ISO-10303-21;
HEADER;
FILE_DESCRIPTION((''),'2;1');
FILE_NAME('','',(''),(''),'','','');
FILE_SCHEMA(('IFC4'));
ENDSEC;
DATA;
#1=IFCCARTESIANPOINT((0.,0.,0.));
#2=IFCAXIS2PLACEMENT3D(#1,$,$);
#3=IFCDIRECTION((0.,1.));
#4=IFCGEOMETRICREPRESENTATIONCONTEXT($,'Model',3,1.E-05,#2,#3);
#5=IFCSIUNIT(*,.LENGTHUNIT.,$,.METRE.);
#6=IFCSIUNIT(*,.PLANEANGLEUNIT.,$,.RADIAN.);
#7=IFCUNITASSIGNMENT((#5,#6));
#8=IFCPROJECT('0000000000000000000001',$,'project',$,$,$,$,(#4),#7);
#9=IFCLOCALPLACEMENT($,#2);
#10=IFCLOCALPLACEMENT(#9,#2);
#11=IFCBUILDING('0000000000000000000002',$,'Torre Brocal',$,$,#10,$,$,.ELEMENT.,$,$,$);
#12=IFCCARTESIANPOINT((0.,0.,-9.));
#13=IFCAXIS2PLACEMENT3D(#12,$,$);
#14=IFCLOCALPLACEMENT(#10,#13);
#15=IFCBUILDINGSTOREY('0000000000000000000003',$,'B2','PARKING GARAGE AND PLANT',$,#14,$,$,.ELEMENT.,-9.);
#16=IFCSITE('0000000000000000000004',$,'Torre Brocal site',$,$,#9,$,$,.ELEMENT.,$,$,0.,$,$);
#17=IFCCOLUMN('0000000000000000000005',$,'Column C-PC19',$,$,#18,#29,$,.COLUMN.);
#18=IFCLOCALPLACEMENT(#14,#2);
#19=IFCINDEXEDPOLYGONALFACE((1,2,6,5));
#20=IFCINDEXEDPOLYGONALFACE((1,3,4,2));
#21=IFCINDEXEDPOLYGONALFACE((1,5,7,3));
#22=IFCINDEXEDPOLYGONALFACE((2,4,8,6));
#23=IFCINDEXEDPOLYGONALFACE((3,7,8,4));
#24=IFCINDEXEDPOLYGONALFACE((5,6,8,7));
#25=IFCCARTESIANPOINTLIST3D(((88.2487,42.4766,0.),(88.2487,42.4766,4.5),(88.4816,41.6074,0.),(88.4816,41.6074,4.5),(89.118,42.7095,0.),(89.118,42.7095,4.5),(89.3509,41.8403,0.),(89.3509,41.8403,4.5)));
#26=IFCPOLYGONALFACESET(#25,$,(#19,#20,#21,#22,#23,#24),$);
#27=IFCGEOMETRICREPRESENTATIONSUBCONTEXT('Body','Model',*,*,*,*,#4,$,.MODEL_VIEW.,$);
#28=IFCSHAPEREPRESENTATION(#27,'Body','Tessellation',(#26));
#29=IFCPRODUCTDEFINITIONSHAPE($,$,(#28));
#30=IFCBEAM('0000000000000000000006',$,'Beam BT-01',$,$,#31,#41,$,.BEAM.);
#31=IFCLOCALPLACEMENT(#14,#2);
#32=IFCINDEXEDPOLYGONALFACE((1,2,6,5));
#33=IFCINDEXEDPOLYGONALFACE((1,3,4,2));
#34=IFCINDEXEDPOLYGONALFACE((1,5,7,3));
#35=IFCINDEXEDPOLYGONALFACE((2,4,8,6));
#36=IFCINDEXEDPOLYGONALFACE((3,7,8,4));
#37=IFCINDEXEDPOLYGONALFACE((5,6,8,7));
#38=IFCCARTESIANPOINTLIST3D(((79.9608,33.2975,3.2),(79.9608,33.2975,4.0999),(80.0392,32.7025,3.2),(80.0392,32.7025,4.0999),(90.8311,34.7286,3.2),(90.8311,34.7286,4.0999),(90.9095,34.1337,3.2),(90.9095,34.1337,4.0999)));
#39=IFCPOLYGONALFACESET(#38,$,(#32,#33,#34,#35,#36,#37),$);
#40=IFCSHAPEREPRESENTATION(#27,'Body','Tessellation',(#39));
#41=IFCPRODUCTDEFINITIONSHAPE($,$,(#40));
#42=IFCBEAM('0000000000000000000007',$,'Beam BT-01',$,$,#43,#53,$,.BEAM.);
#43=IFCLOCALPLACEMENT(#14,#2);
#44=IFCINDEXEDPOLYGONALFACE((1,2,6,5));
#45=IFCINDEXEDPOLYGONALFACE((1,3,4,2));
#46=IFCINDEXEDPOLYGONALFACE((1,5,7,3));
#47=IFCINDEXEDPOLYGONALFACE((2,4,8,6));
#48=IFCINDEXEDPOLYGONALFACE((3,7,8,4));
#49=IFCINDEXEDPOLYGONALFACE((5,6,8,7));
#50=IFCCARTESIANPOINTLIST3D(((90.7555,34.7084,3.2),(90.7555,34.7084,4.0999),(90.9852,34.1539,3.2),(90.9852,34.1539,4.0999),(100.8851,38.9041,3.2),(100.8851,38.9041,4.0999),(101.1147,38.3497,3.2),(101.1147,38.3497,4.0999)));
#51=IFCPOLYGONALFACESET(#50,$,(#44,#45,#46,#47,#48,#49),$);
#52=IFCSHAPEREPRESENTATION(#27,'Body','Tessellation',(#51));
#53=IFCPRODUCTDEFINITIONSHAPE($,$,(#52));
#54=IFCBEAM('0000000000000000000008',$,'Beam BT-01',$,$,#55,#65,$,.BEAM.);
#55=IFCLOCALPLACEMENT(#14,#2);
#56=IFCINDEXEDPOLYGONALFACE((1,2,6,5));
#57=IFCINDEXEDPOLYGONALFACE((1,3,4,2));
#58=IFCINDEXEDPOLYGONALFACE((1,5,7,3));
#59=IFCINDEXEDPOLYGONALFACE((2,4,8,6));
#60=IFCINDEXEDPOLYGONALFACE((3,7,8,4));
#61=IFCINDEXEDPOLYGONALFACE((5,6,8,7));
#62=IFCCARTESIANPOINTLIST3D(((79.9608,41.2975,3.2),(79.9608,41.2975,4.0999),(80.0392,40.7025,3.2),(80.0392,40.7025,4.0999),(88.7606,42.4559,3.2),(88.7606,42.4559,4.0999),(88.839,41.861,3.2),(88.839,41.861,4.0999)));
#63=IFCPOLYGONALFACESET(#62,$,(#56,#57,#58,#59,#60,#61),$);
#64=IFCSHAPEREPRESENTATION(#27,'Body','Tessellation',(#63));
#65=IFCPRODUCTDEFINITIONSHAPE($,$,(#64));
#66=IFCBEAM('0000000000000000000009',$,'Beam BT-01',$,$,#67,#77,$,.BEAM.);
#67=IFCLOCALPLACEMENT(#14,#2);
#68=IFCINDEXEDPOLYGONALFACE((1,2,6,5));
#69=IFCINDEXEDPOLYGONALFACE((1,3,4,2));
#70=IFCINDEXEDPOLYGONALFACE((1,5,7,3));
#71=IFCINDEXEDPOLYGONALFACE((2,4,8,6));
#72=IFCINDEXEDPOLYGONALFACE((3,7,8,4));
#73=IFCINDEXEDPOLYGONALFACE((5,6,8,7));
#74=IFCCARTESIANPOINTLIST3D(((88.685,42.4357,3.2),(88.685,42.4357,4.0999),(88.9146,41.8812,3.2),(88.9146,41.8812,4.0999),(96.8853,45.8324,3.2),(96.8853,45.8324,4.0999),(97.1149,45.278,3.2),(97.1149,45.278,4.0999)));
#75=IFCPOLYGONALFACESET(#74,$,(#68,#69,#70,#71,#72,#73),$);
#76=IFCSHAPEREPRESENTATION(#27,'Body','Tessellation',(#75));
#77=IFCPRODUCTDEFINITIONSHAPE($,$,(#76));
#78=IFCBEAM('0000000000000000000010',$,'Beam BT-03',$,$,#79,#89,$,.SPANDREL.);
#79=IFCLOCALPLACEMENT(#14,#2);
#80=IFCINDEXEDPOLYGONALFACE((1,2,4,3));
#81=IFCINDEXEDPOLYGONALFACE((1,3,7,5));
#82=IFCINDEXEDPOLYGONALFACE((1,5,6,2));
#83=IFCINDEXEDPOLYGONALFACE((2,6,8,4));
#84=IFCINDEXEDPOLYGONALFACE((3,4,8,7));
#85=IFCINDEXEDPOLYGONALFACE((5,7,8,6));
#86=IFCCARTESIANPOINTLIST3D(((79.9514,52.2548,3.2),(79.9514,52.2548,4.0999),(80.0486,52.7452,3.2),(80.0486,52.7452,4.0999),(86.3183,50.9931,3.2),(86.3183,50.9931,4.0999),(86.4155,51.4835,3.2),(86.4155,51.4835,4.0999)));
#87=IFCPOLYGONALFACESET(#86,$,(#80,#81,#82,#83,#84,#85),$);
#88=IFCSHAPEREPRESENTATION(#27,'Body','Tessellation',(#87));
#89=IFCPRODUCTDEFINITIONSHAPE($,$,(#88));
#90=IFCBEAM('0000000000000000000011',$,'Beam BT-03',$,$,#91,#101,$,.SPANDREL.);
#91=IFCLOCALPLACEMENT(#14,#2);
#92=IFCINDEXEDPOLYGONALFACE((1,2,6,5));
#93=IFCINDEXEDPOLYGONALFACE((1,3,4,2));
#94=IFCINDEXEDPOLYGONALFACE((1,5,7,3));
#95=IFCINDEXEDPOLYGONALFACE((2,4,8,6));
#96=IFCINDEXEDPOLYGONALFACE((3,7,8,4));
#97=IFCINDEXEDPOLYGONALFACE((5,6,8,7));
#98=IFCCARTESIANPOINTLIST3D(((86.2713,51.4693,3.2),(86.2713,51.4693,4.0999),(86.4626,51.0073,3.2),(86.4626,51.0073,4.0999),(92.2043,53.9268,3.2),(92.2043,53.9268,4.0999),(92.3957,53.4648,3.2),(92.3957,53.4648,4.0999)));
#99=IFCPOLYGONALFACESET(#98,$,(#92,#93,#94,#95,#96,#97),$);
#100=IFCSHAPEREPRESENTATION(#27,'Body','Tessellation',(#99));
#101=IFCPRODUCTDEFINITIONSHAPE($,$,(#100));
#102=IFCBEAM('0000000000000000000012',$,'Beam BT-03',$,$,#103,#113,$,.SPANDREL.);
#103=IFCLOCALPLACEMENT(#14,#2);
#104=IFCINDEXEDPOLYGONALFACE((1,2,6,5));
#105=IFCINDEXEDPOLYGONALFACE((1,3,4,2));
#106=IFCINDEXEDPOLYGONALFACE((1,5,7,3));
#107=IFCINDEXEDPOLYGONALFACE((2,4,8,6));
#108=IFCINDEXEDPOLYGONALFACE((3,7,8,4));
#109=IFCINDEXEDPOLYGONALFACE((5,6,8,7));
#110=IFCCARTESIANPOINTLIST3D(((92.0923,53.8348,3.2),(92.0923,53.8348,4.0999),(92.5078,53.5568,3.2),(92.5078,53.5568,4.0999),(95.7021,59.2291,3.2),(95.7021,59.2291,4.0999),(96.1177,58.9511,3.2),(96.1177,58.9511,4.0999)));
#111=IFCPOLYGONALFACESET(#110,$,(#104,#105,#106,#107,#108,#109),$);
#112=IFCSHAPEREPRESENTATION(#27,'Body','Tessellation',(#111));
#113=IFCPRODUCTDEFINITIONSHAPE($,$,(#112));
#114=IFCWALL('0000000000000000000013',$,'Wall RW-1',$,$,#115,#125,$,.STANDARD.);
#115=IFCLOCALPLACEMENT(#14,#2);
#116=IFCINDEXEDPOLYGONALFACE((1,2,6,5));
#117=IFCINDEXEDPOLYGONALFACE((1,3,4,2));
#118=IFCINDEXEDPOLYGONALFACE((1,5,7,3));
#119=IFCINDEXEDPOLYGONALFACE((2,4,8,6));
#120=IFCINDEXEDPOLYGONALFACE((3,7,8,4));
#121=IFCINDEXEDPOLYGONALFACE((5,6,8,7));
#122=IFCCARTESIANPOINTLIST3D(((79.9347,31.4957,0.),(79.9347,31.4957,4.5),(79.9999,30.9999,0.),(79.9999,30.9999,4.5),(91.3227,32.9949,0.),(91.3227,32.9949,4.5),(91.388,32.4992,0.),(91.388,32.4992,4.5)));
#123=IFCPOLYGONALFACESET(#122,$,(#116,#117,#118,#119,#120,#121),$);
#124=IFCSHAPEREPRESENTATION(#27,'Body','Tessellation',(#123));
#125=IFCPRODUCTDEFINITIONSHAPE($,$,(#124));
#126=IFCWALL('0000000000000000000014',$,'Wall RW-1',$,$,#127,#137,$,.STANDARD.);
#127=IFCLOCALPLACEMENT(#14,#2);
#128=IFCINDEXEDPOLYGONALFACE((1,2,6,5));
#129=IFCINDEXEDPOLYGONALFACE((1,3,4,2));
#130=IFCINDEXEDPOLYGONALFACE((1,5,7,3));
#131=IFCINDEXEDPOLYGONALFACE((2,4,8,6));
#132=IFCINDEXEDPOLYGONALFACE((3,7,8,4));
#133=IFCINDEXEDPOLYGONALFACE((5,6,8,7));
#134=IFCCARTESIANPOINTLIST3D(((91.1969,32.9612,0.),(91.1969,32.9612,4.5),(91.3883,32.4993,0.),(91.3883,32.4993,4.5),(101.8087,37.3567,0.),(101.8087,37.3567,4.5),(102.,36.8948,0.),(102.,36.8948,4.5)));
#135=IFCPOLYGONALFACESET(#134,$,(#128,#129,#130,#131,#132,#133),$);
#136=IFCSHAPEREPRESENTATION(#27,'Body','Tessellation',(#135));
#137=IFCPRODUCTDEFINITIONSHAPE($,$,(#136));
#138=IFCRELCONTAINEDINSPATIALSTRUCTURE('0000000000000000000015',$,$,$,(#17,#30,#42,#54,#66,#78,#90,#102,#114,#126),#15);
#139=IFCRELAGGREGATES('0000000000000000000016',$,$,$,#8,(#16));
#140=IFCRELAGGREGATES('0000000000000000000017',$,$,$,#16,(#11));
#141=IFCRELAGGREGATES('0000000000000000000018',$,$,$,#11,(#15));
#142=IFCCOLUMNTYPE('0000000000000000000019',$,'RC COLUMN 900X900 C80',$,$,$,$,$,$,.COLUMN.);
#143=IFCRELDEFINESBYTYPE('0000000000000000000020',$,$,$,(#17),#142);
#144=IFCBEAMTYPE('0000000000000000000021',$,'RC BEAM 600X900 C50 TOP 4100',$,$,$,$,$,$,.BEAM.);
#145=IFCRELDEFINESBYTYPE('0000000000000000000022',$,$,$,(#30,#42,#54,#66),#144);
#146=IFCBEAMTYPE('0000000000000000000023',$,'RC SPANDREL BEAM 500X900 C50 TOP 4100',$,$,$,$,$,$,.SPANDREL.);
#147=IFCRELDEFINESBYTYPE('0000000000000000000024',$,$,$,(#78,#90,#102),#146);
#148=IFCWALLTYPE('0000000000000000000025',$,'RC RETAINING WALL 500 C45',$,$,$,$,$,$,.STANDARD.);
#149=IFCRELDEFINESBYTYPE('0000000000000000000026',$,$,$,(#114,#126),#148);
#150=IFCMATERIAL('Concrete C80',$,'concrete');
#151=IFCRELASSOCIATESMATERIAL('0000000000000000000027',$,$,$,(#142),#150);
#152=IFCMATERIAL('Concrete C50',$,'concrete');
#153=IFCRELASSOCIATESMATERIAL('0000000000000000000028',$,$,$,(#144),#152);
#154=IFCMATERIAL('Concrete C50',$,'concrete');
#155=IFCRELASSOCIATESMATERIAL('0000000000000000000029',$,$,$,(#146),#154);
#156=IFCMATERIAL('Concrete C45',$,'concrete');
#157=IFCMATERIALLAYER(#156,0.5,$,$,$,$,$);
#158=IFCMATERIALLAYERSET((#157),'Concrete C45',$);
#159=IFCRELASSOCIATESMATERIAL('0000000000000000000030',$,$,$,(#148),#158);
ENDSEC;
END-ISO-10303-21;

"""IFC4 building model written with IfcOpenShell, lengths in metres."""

from ifc_helpers import new_model, si_unit, direction, frame, frame_2d, origin, origin_2d, place, context, subcontext, project, spatial, rectangle, extrude, material, layer, layer_set, material_profile, profile_set, type_object, element, save


model = new_model("IFC4")

# Units and contexts
model_context = context("Model", 3, precision=1e-05, world=origin(), true_north=direction((0.0, 1.0)))
body_context = subcontext(model_context, "Body", "Model", "MODEL_VIEW")
ifc_project = project(units=[si_unit("LENGTHUNIT", "METRE"), si_unit("PLANEANGLEUNIT", "RADIAN")], contexts=[model_context])

# Site, building, storey
site_placement = place(None, origin())
site = spatial("IfcSite", under=ifc_project, at=site_placement, Name="Torre Brocal site", CompositionType="ELEMENT", RefElevation=0.0)
building_placement = place(site_placement, origin())
building = spatial("IfcBuilding", under=site, at=building_placement, Name="Torre Brocal", CompositionType="ELEMENT")
storey_placement = place(building_placement, frame((0.0, 0.0, -9.0)))
storey = spatial("IfcBuildingStorey", under=building, at=storey_placement, Name="B2", Description="PARKING GARAGE AND PLANT", CompositionType="ELEMENT", Elevation=-9.0)

# Column
ifc_material_1 = material(Name="Concrete C80", Category="concrete")
ifc_material_profile_1 = material_profile(ifc_material_1, rectangle(XDim=0.8999, YDim=0.8999, at=origin_2d()), Name="RC 900X900")
ifc_profile_set_1 = profile_set([ifc_material_profile_1], Name="Concrete C80")
column_type_1 = type_object("IfcColumnType", Name="RC COLUMN 900X900 C80", PredefinedType="COLUMN", material=ifc_profile_set_1)
for number, where, z_axis, x_axis, name in (
    (1, (88.7998, 42.1584, 0.0), (0.0, 0.0, 1.0), (0.258819, -0.965926, 0.0), "Column C-PC19"),
):
    element("IfcColumn", number, at=place(storey_placement, frame(where, z_axis=z_axis, x_axis=x_axis)), inside=storey, type_object=column_type_1, Name=name, PredefinedType="COLUMN", context=body_context, shape_type="SweptSolid", body=[
        extrude(rectangle(XDim=0.8999, YDim=0.8999, at=origin_2d()), origin(), (0.0, 0.0, 1.0), 4.5),
    ])

# Beams
ifc_material_2 = material(Name="Concrete C50", Category="concrete")
ifc_material_profile_2 = material_profile(ifc_material_2, rectangle(XDim=0.6001, YDim=0.8999, at=origin_2d()), Name="RC 600X900")
ifc_profile_set_2 = profile_set([ifc_material_profile_2], Name="Concrete C50")
beam_type_1 = type_object("IfcBeamType", Name="RC BEAM 600X900 C50 TOP 4100", PredefinedType="BEAM", material=ifc_profile_set_2)
for number, where, z_axis, x_axis, name in (
    (2, (80.0, 33.0, 3.6499), (0.991444, 0.13053, 0.0), (-0.13053, 0.991444, 0.0), "Beam BT-01"),
    (3, (90.8704, 34.4312, 3.6499), (0.923881, 0.382681, 0.0), (-0.382681, 0.923881, 0.0), "Beam BT-01"),
):
    element("IfcBeam", number, at=place(storey_placement, frame(where, z_axis=z_axis, x_axis=x_axis)), inside=storey, type_object=beam_type_1, Name=name, PredefinedType="BEAM", context=body_context, shape_type="SweptSolid", body=[
        extrude(rectangle(XDim=0.6001, YDim=0.8999, at=origin_2d()), origin(), (0.0, 0.0, 1.0), 10.9641),
    ])
beam_1_placement = place(storey_placement, frame((80.0, 41.0, 3.6499), z_axis=(0.991446, 0.130519, 0.0), x_axis=(-0.130519, 0.991446, 0.0)))
element("IfcBeam", 4, at=beam_1_placement, inside=storey, type_object=beam_type_1, Name="Beam BT-01", PredefinedType="BEAM", context=body_context, shape_type="SweptSolid", body=[
    extrude(rectangle(XDim=0.6001, YDim=0.8999, at=origin_2d()), origin(), (0.0, 0.0, 1.0), 8.8757),
])
beam_2_placement = place(storey_placement, frame((88.7998, 42.1584, 3.6499), z_axis=(0.923876, 0.382693, 0.0), x_axis=(-0.382693, 0.923876, 0.0)))
element("IfcBeam", 5, at=beam_2_placement, inside=storey, type_object=beam_type_1, Name="Beam BT-01", PredefinedType="BEAM", context=body_context, shape_type="SweptSolid", body=[
    extrude(rectangle(XDim=0.6001, YDim=0.8999, at=origin_2d()), origin(), (0.0, 0.0, 1.0), 8.876),
])
ifc_material_3 = material(Name="Concrete C50", Category="concrete")
ifc_material_profile_3 = material_profile(ifc_material_3, rectangle(XDim=0.5, YDim=0.8999, at=origin_2d()), Name="RC 500X900")
ifc_profile_set_3 = profile_set([ifc_material_profile_3], Name="Concrete C50")
beam_type_2 = type_object("IfcBeamType", Name="RC SPANDREL BEAM 500X900 C50 TOP 4100", PredefinedType="SPANDREL", material=ifc_profile_set_3)
beam_3_placement = place(storey_placement, frame((80.0, 52.5, 3.6499), z_axis=(0.980925, -0.194387, 0.0), x_axis=(0.194387, 0.980925, 0.0)))
element("IfcBeam", 6, at=beam_3_placement, inside=storey, type_object=beam_type_2, Name="Beam BT-03", PredefinedType="SPANDREL", context=body_context, shape_type="SweptSolid", body=[
    extrude(rectangle(XDim=0.5, YDim=0.8999, at=origin_2d()), origin(), (0.0, 0.0, 1.0), 6.4907),
])
beam_4_placement = place(storey_placement, frame((86.3669, 51.2383, 3.6499), z_axis=(0.923882, 0.382676, 0.0), x_axis=(-0.382676, 0.923882, 0.0)))
element("IfcBeam", 7, at=beam_4_placement, inside=storey, type_object=beam_type_2, Name="Beam BT-03", PredefinedType="SPANDREL", context=body_context, shape_type="SweptSolid", body=[
    extrude(rectangle(XDim=0.5, YDim=0.8999, at=origin_2d()), origin(), (0.0, 0.0, 1.0), 6.4219),
])
beam_5_placement = place(storey_placement, frame((92.3, 53.6958, 3.6499), z_axis=(0.556158, 0.831077, 0.0), x_axis=(-0.831077, 0.556158, 0.0)))
element("IfcBeam", 8, at=beam_5_placement, inside=storey, type_object=beam_type_2, Name="Beam BT-03", PredefinedType="SPANDREL", context=body_context, shape_type="SweptSolid", body=[
    extrude(rectangle(XDim=0.5, YDim=0.8999, at=origin_2d()), origin(), (0.0, 0.0, 1.0), 6.4907),
])

# Walls
ifc_material_4 = material(Name="Concrete C45", Category="concrete")
ifc_layer = layer(ifc_material_4, 0.5)
ifc_layer_set = layer_set([ifc_layer], Name="Concrete C45")
wall_type = type_object("IfcWallType", Name="RC RETAINING WALL 500 C45", PredefinedType="STANDARD", material=ifc_layer_set)
wall_1_placement = place(storey_placement, frame((79.9673, 31.2478, 0.0), z_axis=(0.0, 0.0, 1.0), x_axis=(0.991445, 0.130525, 0.0)))
element("IfcWall", 9, at=wall_1_placement, inside=storey, type_object=wall_type, Name="Wall RW-1", PredefinedType="STANDARD", context=body_context, shape_type="SweptSolid", body=[
    extrude(rectangle(XDim=11.4863, YDim=0.5, at=frame_2d((5.7432, 0.0))), origin(), (0.0, 0.0, 1.0), 4.5),
])
wall_2_placement = place(storey_placement, frame((91.2925, 32.7302, 0.0), z_axis=(0.0, 0.0, 1.0), x_axis=(0.923881, 0.38268, 0.0)))
element("IfcWall", 10, at=wall_2_placement, inside=storey, type_object=wall_type, Name="Wall RW-1", PredefinedType="STANDARD", context=body_context, shape_type="SweptSolid", body=[
    extrude(rectangle(XDim=11.4861, YDim=0.5, at=frame_2d((5.7432, 0.0))), origin(), (0.0, 0.0, 1.0), 4.5),
])

save(model, "model.ifc")
